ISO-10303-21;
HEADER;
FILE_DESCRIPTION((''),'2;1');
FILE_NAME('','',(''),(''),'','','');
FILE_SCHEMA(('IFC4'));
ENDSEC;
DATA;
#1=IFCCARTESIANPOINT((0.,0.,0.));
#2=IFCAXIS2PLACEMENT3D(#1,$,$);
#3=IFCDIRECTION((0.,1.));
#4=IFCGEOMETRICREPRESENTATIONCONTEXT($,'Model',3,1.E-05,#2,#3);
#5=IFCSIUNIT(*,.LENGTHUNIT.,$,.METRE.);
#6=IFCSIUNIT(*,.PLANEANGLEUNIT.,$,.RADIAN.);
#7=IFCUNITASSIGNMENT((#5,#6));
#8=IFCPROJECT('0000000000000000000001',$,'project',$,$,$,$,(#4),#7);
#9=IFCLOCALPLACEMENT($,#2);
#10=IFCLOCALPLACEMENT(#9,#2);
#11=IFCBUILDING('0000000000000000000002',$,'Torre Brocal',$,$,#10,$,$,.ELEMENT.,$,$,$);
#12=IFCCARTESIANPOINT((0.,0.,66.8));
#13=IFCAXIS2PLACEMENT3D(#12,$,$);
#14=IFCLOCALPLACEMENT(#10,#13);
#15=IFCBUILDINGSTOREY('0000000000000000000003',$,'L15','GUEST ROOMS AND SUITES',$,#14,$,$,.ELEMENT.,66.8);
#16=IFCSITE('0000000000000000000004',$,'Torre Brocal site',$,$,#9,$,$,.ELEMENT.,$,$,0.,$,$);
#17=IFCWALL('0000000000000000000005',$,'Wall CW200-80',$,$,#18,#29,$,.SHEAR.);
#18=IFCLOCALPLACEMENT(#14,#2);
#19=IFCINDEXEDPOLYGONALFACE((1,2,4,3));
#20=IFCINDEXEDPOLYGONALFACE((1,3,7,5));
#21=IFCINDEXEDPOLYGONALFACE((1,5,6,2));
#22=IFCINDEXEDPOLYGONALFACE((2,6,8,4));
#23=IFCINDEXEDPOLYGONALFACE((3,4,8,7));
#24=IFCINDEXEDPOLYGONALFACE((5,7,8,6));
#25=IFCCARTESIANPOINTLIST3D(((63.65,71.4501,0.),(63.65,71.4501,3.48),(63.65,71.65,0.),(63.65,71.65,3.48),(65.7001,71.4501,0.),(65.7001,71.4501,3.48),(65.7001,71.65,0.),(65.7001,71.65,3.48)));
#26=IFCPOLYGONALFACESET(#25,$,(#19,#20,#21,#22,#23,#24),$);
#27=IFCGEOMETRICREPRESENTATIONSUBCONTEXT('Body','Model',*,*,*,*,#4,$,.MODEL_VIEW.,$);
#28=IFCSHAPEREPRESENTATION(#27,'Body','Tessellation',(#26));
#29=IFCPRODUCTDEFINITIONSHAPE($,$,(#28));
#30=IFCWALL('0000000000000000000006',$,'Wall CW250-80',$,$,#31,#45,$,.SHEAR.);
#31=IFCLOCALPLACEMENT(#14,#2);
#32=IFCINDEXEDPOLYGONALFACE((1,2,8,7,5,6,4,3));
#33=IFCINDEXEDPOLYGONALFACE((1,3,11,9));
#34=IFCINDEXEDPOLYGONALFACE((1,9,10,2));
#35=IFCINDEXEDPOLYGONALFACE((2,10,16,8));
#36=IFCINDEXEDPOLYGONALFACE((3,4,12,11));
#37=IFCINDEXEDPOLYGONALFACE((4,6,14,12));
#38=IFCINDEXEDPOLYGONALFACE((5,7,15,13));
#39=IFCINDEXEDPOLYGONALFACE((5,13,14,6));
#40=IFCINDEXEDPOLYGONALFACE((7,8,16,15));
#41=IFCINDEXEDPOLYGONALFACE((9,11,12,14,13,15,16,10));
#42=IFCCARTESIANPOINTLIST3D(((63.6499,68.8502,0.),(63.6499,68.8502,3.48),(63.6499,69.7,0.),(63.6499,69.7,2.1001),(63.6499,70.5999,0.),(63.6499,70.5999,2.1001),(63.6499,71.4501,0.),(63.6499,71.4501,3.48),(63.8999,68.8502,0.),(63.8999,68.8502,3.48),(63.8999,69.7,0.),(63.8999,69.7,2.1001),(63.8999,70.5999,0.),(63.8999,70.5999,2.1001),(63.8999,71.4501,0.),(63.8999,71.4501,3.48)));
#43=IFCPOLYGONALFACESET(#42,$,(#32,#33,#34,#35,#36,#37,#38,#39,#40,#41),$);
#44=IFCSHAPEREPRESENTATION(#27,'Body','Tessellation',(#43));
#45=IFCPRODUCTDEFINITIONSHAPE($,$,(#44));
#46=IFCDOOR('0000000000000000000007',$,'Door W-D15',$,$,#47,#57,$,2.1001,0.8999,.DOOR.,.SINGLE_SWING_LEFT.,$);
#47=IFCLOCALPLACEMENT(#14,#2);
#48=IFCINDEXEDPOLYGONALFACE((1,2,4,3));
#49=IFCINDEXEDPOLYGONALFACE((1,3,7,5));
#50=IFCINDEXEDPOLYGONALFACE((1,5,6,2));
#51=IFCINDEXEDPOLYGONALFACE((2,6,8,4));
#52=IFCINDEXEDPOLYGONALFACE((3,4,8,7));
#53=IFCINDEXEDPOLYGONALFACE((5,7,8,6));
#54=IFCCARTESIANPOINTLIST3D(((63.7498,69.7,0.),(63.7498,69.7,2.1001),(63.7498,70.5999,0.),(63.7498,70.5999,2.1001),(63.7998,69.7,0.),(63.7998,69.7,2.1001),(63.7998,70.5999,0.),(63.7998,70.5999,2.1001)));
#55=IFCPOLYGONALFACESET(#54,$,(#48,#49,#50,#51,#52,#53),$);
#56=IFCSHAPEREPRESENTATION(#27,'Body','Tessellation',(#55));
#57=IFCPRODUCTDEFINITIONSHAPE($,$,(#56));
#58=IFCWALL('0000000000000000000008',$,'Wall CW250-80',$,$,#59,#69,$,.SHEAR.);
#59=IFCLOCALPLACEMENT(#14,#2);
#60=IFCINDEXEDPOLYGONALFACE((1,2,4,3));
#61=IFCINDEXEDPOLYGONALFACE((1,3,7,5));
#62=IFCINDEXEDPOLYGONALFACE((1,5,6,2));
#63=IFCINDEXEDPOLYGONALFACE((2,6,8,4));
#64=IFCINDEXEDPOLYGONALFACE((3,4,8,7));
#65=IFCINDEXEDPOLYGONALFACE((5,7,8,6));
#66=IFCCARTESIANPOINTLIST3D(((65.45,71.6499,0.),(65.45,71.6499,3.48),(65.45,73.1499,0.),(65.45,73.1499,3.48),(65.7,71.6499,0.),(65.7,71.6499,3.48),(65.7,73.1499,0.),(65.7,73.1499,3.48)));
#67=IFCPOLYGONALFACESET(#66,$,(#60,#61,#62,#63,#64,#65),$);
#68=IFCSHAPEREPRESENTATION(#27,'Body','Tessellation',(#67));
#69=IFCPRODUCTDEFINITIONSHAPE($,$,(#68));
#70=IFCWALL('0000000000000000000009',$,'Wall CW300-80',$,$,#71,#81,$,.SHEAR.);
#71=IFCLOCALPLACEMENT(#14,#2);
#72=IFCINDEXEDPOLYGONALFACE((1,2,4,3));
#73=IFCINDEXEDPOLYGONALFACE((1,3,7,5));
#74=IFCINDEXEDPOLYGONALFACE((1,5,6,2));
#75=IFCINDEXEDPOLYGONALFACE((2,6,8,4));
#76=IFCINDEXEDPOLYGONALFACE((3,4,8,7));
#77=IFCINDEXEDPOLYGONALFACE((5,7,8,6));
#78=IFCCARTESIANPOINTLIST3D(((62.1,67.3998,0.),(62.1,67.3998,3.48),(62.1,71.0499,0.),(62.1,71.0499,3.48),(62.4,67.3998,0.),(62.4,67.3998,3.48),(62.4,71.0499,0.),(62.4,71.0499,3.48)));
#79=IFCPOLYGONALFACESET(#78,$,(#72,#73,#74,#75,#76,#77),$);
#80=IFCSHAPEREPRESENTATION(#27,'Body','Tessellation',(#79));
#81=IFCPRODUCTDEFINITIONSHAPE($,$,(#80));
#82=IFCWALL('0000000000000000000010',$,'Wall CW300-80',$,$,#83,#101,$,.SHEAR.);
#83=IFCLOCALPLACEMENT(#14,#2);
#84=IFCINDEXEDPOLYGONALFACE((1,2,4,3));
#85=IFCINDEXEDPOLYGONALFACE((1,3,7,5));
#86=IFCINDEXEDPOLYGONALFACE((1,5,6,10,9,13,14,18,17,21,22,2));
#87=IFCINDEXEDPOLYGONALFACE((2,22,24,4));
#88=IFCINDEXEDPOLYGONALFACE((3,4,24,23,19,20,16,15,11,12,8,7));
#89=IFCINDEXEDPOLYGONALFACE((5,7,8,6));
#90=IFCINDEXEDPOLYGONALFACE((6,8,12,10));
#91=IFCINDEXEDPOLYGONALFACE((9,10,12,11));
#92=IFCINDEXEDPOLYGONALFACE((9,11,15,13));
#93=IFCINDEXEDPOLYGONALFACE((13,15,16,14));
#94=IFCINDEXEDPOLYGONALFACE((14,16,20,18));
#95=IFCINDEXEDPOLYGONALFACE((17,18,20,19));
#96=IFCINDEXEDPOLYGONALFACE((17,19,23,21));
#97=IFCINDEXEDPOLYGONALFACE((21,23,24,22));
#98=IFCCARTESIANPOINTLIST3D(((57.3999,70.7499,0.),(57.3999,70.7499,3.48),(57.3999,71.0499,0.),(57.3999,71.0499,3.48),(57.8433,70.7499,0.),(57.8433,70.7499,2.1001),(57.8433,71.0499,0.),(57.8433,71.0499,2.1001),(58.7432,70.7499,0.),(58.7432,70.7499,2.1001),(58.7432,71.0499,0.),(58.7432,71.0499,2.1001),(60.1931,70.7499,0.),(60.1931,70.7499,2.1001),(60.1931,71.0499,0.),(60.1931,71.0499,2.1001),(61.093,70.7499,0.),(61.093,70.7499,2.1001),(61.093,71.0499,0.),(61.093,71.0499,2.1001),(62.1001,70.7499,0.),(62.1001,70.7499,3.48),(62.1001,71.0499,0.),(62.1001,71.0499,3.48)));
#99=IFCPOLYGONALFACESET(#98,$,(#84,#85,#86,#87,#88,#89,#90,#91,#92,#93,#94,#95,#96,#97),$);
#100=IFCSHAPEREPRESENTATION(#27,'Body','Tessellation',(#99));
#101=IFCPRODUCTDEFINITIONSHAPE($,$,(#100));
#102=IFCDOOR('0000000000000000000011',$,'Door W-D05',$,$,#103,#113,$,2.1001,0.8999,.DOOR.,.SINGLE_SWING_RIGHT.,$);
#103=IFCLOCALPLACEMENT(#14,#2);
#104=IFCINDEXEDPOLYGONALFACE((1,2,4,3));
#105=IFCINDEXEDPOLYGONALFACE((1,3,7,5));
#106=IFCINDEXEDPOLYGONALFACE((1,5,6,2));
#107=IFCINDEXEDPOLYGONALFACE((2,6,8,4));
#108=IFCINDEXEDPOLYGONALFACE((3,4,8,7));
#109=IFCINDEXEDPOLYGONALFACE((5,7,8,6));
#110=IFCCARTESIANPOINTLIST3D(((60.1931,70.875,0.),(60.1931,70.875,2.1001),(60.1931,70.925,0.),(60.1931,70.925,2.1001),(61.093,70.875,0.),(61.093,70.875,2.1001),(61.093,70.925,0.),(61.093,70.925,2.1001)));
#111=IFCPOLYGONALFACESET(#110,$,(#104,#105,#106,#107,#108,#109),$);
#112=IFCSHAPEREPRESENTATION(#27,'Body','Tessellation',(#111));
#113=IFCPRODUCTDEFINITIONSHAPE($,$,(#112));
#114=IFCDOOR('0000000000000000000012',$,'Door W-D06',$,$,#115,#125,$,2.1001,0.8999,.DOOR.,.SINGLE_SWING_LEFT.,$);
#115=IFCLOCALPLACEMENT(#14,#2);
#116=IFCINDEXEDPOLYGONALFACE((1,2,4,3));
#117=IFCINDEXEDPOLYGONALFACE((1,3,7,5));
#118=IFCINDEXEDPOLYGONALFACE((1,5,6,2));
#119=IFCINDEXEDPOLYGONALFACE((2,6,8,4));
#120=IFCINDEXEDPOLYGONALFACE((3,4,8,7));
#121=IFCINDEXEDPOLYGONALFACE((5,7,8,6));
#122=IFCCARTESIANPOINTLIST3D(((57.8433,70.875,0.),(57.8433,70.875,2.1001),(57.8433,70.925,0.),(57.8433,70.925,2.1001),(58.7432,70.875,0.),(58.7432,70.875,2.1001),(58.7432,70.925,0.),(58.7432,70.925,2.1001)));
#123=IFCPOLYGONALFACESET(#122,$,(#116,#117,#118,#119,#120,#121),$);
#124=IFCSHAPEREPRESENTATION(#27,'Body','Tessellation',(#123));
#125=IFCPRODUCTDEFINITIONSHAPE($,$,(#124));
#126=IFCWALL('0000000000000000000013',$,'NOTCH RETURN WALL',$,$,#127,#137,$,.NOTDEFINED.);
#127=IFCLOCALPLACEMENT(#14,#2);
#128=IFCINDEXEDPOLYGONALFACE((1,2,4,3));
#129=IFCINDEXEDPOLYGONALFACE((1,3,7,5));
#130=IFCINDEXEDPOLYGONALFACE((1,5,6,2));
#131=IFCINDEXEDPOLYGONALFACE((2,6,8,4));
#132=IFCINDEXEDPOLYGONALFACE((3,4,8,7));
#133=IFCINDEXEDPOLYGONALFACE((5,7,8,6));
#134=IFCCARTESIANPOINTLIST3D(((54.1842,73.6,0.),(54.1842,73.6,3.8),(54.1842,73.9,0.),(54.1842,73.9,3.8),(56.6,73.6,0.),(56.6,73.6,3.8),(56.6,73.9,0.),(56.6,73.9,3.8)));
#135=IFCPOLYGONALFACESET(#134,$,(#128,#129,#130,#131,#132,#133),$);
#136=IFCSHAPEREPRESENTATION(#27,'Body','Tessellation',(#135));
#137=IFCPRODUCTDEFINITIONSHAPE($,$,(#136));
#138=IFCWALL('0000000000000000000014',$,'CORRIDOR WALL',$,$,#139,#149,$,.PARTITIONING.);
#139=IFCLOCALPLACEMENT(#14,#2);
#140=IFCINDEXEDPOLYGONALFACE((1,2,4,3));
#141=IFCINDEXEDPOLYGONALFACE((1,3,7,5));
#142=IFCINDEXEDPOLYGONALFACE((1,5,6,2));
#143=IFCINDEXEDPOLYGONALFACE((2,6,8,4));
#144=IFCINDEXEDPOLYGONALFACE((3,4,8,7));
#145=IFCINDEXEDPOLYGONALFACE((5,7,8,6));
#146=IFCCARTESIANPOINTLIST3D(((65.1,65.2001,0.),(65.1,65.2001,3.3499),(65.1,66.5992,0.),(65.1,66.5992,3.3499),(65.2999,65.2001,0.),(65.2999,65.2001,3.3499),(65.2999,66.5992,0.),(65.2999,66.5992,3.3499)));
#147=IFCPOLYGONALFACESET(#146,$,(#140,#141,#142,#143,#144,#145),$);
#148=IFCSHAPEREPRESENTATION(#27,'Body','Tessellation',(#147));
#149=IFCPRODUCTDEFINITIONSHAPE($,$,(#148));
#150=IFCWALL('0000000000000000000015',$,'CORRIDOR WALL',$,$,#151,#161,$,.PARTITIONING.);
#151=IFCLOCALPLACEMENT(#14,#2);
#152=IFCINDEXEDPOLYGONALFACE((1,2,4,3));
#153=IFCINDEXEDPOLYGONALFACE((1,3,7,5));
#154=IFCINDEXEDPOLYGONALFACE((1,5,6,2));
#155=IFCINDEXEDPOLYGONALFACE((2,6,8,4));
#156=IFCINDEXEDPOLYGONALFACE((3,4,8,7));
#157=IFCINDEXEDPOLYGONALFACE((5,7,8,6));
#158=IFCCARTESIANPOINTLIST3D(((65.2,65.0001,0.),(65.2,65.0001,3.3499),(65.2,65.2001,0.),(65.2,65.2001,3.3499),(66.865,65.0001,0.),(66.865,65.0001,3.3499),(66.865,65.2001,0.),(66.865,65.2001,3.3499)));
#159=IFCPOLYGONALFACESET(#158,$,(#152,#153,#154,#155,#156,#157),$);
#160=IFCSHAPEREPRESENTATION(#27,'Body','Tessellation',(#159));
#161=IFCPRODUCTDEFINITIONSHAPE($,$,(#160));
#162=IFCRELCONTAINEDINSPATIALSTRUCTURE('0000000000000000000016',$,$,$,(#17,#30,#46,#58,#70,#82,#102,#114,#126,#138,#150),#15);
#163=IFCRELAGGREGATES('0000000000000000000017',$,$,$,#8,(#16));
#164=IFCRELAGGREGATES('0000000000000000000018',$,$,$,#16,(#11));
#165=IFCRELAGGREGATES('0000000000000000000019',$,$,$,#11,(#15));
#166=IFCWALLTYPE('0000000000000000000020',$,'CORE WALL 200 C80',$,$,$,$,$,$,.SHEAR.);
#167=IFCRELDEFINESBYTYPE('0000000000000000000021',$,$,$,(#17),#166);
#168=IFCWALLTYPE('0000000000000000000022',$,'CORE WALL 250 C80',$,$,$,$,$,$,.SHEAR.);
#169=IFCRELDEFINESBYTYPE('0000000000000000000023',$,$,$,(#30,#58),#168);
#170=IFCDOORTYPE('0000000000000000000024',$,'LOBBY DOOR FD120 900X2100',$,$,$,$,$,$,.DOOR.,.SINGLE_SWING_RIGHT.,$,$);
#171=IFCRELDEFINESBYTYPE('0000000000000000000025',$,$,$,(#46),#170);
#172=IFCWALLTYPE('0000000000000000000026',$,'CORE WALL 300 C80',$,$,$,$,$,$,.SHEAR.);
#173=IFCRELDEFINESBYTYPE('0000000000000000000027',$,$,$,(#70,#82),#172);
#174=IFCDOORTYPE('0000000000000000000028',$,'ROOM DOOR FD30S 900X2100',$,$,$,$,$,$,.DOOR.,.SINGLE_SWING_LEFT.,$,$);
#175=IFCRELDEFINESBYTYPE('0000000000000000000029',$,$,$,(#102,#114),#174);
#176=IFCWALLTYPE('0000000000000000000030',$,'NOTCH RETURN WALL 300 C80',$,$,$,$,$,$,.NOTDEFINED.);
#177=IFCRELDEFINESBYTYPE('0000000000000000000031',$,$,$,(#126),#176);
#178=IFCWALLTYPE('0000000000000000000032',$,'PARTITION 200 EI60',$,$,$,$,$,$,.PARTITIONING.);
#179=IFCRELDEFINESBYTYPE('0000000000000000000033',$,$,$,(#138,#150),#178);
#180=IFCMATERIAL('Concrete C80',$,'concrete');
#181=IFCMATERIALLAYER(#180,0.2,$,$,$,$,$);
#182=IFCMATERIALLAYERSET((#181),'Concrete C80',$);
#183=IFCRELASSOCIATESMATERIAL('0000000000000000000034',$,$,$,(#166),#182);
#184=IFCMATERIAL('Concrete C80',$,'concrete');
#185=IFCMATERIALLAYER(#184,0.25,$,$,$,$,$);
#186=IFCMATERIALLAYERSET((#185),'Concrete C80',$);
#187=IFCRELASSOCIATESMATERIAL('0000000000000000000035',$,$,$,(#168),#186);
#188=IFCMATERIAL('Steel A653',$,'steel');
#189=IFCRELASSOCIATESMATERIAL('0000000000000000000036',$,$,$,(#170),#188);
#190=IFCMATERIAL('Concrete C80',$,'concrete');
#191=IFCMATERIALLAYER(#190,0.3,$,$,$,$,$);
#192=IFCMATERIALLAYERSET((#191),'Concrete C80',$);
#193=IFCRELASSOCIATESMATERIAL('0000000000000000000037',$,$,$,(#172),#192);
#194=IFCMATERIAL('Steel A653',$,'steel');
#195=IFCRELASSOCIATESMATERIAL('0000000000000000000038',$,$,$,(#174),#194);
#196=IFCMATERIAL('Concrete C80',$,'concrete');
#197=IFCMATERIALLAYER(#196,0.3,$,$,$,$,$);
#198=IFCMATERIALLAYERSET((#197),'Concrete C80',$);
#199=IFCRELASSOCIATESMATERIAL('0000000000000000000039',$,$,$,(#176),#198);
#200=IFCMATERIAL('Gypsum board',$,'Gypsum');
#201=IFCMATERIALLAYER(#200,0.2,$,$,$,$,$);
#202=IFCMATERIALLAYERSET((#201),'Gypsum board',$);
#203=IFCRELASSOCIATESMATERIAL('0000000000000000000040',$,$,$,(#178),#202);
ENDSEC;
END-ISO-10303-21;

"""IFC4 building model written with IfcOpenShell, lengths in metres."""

from ifc_helpers import new_model, si_unit, direction, frame, frame_2d, origin, place, context, subcontext, project, spatial, rectangle, extrude, material, layer, layer_set, type_object, element, fill, save


model = new_model("IFC4")

# Units and contexts
model_context = context("Model", 3, precision=1e-05, world=origin(), true_north=direction((0.0, 1.0)))
body_context = subcontext(model_context, "Body", "Model", "MODEL_VIEW")
ifc_project = project(units=[si_unit("LENGTHUNIT", "METRE"), si_unit("PLANEANGLEUNIT", "RADIAN")], contexts=[model_context])

# Site, building, storey
site_placement = place(None, origin())
site = spatial("IfcSite", under=ifc_project, at=site_placement, Name="Torre Brocal site", CompositionType="ELEMENT", RefElevation=0.0)
building_placement = place(site_placement, origin())
building = spatial("IfcBuilding", under=site, at=building_placement, Name="Torre Brocal", CompositionType="ELEMENT")
storey_placement = place(building_placement, frame((0.0, 0.0, 66.8)))
storey = spatial("IfcBuildingStorey", under=building, at=storey_placement, Name="L15", Description="GUEST ROOMS AND SUITES", CompositionType="ELEMENT", Elevation=66.8)

# Wall
ifc_material_1 = material(Name="Concrete C80", Category="concrete")
ifc_layer_1 = layer(ifc_material_1, 0.2)
ifc_layer_set_1 = layer_set([ifc_layer_1], Name="Concrete C80")
wall_type_1 = type_object("IfcWallType", Name="CORE WALL 200 C80", PredefinedType="SHEAR", material=ifc_layer_set_1)
wall_1_placement = place(storey_placement, frame((65.7, 71.55, 0.0), z_axis=(0.0, 0.0, 1.0), x_axis=(-1.0, 0.0, 0.0)))
element("IfcWall", 1, at=wall_1_placement, inside=storey, type_object=wall_type_1, Name="Wall CW200-80", PredefinedType="SHEAR", context=body_context, shape_type="SweptSolid", body=[
    extrude(rectangle(XDim=2.05, YDim=0.2, at=frame_2d((1.0249, 0.0))), origin(), (0.0, 0.0, 1.0), 3.48),
])

# Wall, opening, door
ifc_material_2 = material(Name="Concrete C80", Category="concrete")
ifc_layer_2 = layer(ifc_material_2, 0.25)
ifc_layer_set_2 = layer_set([ifc_layer_2], Name="Concrete C80")
wall_type_2 = type_object("IfcWallType", Name="CORE WALL 250 C80", PredefinedType="SHEAR", material=ifc_layer_set_2)
wall_2_placement = place(storey_placement, frame((63.7749, 71.45, 0.0), z_axis=(0.0, 0.0, 1.0), x_axis=(0.0, -1.0, 0.0)))
wall_2 = element("IfcWall", 2, at=wall_2_placement, inside=storey, type_object=wall_type_2, Name="Wall CW250-80", PredefinedType="SHEAR", context=body_context, shape_type="SweptSolid", body=[
    extrude(rectangle(XDim=2.5999, YDim=0.25, at=frame_2d((1.2998, 0.0))), origin(), (0.0, 0.0, 1.0), 3.48),
])
opening_1_placement = place(wall_2_placement, frame((0.8501, 0.0, 0.0)))
opening_1 = element("IfcOpeningElement", 3, at=opening_1_placement, cuts=wall_2, PredefinedType="OPENING", context=body_context, shape_type="SweptSolid", body=[
    extrude(rectangle(XDim=0.8999, YDim=2.1001, at=frame_2d((0.45, 1.05))), frame((0.0, 0.135, 0.0), z_axis=(0.0, -1.0, 0.0), x_axis=(1.0, 0.0, 0.0)), (0.0, 0.0, 1.0), 0.27),
])
ifc_material_3 = material(Name="Steel A653", Category="steel")
door_type_1 = type_object("IfcDoorType", Name="LOBBY DOOR FD120 900X2100", OperationType="SINGLE_SWING_RIGHT", PredefinedType="DOOR", material=ifc_material_3)
door_1_placement = place(opening_1_placement, origin())
door_1 = element("IfcDoor", 4, at=door_1_placement, inside=storey, type_object=door_type_1, Name="Door W-D15", OperationType="SINGLE_SWING_LEFT", OverallHeight=2.1001, OverallWidth=0.8999, PredefinedType="DOOR", context=body_context, shape_type="SweptSolid", body=[
    extrude(rectangle(XDim=0.8999, YDim=2.1001, at=frame_2d((0.45, 1.05))), frame((0.0, 0.0249, 0.0), z_axis=(0.0, -1.0, 0.0), x_axis=(1.0, 0.0, 0.0)), (0.0, 0.0, 1.0), 0.05),
])
fill(opening_1, door_1)

# Walls
wall_3_placement = place(storey_placement, frame((65.575, 73.1499, 0.0), z_axis=(0.0, 0.0, 1.0), x_axis=(0.0, -1.0, 0.0)))
element("IfcWall", 5, at=wall_3_placement, inside=storey, type_object=wall_type_2, Name="Wall CW250-80", PredefinedType="SHEAR", context=body_context, shape_type="SweptSolid", body=[
    extrude(rectangle(XDim=1.5, YDim=0.25, at=frame_2d((0.75, 0.0))), origin(), (0.0, 0.0, 1.0), 3.48),
])
ifc_material_4 = material(Name="Concrete C80", Category="concrete")
ifc_layer_3 = layer(ifc_material_4, 0.3)
ifc_layer_set_3 = layer_set([ifc_layer_3], Name="Concrete C80")
wall_type_3 = type_object("IfcWallType", Name="CORE WALL 300 C80", PredefinedType="SHEAR", material=ifc_layer_set_3)
wall_4_placement = place(storey_placement, frame((62.25, 71.05, 0.0), z_axis=(0.0, 0.0, 1.0), x_axis=(0.0, -1.0, 0.0)))
element("IfcWall", 6, at=wall_4_placement, inside=storey, type_object=wall_type_3, Name="Wall CW300-80", PredefinedType="SHEAR", context=body_context, shape_type="SweptSolid", body=[
    extrude(rectangle(XDim=3.6501, YDim=0.3, at=frame_2d((1.8252, 0.0))), origin(), (0.0, 0.0, 1.0), 3.48),
])

# Wall, openings, doors
wall_5_placement = place(storey_placement, frame((62.1001, 70.8999, 0.0), z_axis=(0.0, 0.0, 1.0), x_axis=(-1.0, 0.0, 0.0)))
wall_5 = element("IfcWall", 7, at=wall_5_placement, inside=storey, type_object=wall_type_3, Name="Wall CW300-80", PredefinedType="SHEAR", context=body_context, shape_type="SweptSolid", body=[
    extrude(rectangle(XDim=4.7002, YDim=0.3, at=frame_2d((2.3501, 0.0))), origin(), (0.0, 0.0, 1.0), 3.48),
])
opening_2_placement = place(wall_5_placement, frame((1.0071, 0.0, 0.0)))
opening_2 = element("IfcOpeningElement", 8, at=opening_2_placement, cuts=wall_5, PredefinedType="OPENING", context=body_context, shape_type="SweptSolid", body=[
    extrude(rectangle(XDim=0.8999, YDim=2.1001, at=frame_2d((0.45, 1.05))), frame((0.0, 0.1599, 0.0), z_axis=(0.0, -1.0, 0.0), x_axis=(1.0, 0.0, 0.0)), (0.0, 0.0, 1.0), 0.3201),
])
opening_3_placement = place(wall_5_placement, frame((3.3569, 0.0, 0.0)))
opening_3 = element("IfcOpeningElement", 9, at=opening_3_placement, cuts=wall_5, PredefinedType="OPENING", context=body_context, shape_type="SweptSolid", body=[
    extrude(rectangle(XDim=0.8999, YDim=2.1001, at=frame_2d((0.45, 1.05))), frame((0.0, 0.1599, 0.0), z_axis=(0.0, -1.0, 0.0), x_axis=(1.0, 0.0, 0.0)), (0.0, 0.0, 1.0), 0.3201),
])
ifc_material_5 = material(Name="Steel A653", Category="steel")
door_type_2 = type_object("IfcDoorType", Name="ROOM DOOR FD30S 900X2100", OperationType="SINGLE_SWING_LEFT", PredefinedType="DOOR", material=ifc_material_5)
door_2_placement = place(opening_2_placement, origin())
door_2 = element("IfcDoor", 10, at=door_2_placement, inside=storey, type_object=door_type_2, Name="Door W-D05", OperationType="SINGLE_SWING_RIGHT", OverallHeight=2.1001, OverallWidth=0.8999, PredefinedType="DOOR", context=body_context, shape_type="SweptSolid", body=[
    extrude(rectangle(XDim=0.8999, YDim=2.1001, at=frame_2d((0.45, 1.05))), frame((0.0, 0.0249, 0.0), z_axis=(0.0, -1.0, 0.0), x_axis=(1.0, 0.0, 0.0)), (0.0, 0.0, 1.0), 0.05),
])
fill(opening_2, door_2)
door_3_placement = place(opening_3_placement, origin())
door_3 = element("IfcDoor", 11, at=door_3_placement, inside=storey, type_object=door_type_2, Name="Door W-D06", OperationType="SINGLE_SWING_LEFT", OverallHeight=2.1001, OverallWidth=0.8999, PredefinedType="DOOR", context=body_context, shape_type="SweptSolid", body=[
    extrude(rectangle(XDim=0.8999, YDim=2.1001, at=frame_2d((0.45, 1.05))), frame((0.0, 0.0249, 0.0), z_axis=(0.0, -1.0, 0.0), x_axis=(1.0, 0.0, 0.0)), (0.0, 0.0, 1.0), 0.05),
])
fill(opening_3, door_3)

# Walls
ifc_material_6 = material(Name="Concrete C80", Category="concrete")
ifc_layer_4 = layer(ifc_material_6, 0.3)
ifc_layer_set_4 = layer_set([ifc_layer_4], Name="Concrete C80")
wall_type_4 = type_object("IfcWallType", Name="NOTCH RETURN WALL 300 C80", PredefinedType="NOTDEFINED", material=ifc_layer_set_4)
wall_6_placement = place(storey_placement, frame((56.6001, 73.75, 0.0), z_axis=(0.0, 0.0, 1.0), x_axis=(-1.0, 0.0, 0.0)))
element("IfcWall", 12, at=wall_6_placement, inside=storey, type_object=wall_type_4, Name="NOTCH RETURN WALL", PredefinedType="NOTDEFINED", context=body_context, shape_type="SweptSolid", body=[
    extrude(rectangle(XDim=2.4158, YDim=0.3, at=frame_2d((1.208, 0.0))), origin(), (0.0, 0.0, 1.0), 3.8),
])
ifc_material_7 = material(Name="Gypsum board", Category="Gypsum")
ifc_layer_5 = layer(ifc_material_7, 0.2)
ifc_layer_set_5 = layer_set([ifc_layer_5], Name="Gypsum board")
wall_type_5 = type_object("IfcWallType", Name="PARTITION 200 EI60", PredefinedType="PARTITIONING", material=ifc_layer_set_5)
wall_7_placement = place(storey_placement, frame((65.2, 65.2, 0.0), z_axis=(0.0, 0.0, 1.0), x_axis=(0.0, 1.0, 0.0)))
element("IfcWall", 13, at=wall_7_placement, inside=storey, type_object=wall_type_5, Name="CORRIDOR WALL", PredefinedType="PARTITIONING", context=body_context, shape_type="SweptSolid", body=[
    extrude(rectangle(XDim=1.3992, YDim=0.2, at=frame_2d((0.6997, 0.0))), origin(), (0.0, 0.0, 1.0), 3.3499),
])
wall_8_placement = place(storey_placement, frame((65.2, 65.1001, 0.0), z_axis=(0.0, 0.0, 1.0), x_axis=(1.0, 0.0, 0.0)))
element("IfcWall", 14, at=wall_8_placement, inside=storey, type_object=wall_type_5, Name="CORRIDOR WALL", PredefinedType="PARTITIONING", context=body_context, shape_type="SweptSolid", body=[
    extrude(rectangle(XDim=1.665, YDim=0.2, at=frame_2d((0.8325, 0.0))), origin(), (0.0, 0.0, 1.0), 3.3499),
])

save(model, "model.ifc")
